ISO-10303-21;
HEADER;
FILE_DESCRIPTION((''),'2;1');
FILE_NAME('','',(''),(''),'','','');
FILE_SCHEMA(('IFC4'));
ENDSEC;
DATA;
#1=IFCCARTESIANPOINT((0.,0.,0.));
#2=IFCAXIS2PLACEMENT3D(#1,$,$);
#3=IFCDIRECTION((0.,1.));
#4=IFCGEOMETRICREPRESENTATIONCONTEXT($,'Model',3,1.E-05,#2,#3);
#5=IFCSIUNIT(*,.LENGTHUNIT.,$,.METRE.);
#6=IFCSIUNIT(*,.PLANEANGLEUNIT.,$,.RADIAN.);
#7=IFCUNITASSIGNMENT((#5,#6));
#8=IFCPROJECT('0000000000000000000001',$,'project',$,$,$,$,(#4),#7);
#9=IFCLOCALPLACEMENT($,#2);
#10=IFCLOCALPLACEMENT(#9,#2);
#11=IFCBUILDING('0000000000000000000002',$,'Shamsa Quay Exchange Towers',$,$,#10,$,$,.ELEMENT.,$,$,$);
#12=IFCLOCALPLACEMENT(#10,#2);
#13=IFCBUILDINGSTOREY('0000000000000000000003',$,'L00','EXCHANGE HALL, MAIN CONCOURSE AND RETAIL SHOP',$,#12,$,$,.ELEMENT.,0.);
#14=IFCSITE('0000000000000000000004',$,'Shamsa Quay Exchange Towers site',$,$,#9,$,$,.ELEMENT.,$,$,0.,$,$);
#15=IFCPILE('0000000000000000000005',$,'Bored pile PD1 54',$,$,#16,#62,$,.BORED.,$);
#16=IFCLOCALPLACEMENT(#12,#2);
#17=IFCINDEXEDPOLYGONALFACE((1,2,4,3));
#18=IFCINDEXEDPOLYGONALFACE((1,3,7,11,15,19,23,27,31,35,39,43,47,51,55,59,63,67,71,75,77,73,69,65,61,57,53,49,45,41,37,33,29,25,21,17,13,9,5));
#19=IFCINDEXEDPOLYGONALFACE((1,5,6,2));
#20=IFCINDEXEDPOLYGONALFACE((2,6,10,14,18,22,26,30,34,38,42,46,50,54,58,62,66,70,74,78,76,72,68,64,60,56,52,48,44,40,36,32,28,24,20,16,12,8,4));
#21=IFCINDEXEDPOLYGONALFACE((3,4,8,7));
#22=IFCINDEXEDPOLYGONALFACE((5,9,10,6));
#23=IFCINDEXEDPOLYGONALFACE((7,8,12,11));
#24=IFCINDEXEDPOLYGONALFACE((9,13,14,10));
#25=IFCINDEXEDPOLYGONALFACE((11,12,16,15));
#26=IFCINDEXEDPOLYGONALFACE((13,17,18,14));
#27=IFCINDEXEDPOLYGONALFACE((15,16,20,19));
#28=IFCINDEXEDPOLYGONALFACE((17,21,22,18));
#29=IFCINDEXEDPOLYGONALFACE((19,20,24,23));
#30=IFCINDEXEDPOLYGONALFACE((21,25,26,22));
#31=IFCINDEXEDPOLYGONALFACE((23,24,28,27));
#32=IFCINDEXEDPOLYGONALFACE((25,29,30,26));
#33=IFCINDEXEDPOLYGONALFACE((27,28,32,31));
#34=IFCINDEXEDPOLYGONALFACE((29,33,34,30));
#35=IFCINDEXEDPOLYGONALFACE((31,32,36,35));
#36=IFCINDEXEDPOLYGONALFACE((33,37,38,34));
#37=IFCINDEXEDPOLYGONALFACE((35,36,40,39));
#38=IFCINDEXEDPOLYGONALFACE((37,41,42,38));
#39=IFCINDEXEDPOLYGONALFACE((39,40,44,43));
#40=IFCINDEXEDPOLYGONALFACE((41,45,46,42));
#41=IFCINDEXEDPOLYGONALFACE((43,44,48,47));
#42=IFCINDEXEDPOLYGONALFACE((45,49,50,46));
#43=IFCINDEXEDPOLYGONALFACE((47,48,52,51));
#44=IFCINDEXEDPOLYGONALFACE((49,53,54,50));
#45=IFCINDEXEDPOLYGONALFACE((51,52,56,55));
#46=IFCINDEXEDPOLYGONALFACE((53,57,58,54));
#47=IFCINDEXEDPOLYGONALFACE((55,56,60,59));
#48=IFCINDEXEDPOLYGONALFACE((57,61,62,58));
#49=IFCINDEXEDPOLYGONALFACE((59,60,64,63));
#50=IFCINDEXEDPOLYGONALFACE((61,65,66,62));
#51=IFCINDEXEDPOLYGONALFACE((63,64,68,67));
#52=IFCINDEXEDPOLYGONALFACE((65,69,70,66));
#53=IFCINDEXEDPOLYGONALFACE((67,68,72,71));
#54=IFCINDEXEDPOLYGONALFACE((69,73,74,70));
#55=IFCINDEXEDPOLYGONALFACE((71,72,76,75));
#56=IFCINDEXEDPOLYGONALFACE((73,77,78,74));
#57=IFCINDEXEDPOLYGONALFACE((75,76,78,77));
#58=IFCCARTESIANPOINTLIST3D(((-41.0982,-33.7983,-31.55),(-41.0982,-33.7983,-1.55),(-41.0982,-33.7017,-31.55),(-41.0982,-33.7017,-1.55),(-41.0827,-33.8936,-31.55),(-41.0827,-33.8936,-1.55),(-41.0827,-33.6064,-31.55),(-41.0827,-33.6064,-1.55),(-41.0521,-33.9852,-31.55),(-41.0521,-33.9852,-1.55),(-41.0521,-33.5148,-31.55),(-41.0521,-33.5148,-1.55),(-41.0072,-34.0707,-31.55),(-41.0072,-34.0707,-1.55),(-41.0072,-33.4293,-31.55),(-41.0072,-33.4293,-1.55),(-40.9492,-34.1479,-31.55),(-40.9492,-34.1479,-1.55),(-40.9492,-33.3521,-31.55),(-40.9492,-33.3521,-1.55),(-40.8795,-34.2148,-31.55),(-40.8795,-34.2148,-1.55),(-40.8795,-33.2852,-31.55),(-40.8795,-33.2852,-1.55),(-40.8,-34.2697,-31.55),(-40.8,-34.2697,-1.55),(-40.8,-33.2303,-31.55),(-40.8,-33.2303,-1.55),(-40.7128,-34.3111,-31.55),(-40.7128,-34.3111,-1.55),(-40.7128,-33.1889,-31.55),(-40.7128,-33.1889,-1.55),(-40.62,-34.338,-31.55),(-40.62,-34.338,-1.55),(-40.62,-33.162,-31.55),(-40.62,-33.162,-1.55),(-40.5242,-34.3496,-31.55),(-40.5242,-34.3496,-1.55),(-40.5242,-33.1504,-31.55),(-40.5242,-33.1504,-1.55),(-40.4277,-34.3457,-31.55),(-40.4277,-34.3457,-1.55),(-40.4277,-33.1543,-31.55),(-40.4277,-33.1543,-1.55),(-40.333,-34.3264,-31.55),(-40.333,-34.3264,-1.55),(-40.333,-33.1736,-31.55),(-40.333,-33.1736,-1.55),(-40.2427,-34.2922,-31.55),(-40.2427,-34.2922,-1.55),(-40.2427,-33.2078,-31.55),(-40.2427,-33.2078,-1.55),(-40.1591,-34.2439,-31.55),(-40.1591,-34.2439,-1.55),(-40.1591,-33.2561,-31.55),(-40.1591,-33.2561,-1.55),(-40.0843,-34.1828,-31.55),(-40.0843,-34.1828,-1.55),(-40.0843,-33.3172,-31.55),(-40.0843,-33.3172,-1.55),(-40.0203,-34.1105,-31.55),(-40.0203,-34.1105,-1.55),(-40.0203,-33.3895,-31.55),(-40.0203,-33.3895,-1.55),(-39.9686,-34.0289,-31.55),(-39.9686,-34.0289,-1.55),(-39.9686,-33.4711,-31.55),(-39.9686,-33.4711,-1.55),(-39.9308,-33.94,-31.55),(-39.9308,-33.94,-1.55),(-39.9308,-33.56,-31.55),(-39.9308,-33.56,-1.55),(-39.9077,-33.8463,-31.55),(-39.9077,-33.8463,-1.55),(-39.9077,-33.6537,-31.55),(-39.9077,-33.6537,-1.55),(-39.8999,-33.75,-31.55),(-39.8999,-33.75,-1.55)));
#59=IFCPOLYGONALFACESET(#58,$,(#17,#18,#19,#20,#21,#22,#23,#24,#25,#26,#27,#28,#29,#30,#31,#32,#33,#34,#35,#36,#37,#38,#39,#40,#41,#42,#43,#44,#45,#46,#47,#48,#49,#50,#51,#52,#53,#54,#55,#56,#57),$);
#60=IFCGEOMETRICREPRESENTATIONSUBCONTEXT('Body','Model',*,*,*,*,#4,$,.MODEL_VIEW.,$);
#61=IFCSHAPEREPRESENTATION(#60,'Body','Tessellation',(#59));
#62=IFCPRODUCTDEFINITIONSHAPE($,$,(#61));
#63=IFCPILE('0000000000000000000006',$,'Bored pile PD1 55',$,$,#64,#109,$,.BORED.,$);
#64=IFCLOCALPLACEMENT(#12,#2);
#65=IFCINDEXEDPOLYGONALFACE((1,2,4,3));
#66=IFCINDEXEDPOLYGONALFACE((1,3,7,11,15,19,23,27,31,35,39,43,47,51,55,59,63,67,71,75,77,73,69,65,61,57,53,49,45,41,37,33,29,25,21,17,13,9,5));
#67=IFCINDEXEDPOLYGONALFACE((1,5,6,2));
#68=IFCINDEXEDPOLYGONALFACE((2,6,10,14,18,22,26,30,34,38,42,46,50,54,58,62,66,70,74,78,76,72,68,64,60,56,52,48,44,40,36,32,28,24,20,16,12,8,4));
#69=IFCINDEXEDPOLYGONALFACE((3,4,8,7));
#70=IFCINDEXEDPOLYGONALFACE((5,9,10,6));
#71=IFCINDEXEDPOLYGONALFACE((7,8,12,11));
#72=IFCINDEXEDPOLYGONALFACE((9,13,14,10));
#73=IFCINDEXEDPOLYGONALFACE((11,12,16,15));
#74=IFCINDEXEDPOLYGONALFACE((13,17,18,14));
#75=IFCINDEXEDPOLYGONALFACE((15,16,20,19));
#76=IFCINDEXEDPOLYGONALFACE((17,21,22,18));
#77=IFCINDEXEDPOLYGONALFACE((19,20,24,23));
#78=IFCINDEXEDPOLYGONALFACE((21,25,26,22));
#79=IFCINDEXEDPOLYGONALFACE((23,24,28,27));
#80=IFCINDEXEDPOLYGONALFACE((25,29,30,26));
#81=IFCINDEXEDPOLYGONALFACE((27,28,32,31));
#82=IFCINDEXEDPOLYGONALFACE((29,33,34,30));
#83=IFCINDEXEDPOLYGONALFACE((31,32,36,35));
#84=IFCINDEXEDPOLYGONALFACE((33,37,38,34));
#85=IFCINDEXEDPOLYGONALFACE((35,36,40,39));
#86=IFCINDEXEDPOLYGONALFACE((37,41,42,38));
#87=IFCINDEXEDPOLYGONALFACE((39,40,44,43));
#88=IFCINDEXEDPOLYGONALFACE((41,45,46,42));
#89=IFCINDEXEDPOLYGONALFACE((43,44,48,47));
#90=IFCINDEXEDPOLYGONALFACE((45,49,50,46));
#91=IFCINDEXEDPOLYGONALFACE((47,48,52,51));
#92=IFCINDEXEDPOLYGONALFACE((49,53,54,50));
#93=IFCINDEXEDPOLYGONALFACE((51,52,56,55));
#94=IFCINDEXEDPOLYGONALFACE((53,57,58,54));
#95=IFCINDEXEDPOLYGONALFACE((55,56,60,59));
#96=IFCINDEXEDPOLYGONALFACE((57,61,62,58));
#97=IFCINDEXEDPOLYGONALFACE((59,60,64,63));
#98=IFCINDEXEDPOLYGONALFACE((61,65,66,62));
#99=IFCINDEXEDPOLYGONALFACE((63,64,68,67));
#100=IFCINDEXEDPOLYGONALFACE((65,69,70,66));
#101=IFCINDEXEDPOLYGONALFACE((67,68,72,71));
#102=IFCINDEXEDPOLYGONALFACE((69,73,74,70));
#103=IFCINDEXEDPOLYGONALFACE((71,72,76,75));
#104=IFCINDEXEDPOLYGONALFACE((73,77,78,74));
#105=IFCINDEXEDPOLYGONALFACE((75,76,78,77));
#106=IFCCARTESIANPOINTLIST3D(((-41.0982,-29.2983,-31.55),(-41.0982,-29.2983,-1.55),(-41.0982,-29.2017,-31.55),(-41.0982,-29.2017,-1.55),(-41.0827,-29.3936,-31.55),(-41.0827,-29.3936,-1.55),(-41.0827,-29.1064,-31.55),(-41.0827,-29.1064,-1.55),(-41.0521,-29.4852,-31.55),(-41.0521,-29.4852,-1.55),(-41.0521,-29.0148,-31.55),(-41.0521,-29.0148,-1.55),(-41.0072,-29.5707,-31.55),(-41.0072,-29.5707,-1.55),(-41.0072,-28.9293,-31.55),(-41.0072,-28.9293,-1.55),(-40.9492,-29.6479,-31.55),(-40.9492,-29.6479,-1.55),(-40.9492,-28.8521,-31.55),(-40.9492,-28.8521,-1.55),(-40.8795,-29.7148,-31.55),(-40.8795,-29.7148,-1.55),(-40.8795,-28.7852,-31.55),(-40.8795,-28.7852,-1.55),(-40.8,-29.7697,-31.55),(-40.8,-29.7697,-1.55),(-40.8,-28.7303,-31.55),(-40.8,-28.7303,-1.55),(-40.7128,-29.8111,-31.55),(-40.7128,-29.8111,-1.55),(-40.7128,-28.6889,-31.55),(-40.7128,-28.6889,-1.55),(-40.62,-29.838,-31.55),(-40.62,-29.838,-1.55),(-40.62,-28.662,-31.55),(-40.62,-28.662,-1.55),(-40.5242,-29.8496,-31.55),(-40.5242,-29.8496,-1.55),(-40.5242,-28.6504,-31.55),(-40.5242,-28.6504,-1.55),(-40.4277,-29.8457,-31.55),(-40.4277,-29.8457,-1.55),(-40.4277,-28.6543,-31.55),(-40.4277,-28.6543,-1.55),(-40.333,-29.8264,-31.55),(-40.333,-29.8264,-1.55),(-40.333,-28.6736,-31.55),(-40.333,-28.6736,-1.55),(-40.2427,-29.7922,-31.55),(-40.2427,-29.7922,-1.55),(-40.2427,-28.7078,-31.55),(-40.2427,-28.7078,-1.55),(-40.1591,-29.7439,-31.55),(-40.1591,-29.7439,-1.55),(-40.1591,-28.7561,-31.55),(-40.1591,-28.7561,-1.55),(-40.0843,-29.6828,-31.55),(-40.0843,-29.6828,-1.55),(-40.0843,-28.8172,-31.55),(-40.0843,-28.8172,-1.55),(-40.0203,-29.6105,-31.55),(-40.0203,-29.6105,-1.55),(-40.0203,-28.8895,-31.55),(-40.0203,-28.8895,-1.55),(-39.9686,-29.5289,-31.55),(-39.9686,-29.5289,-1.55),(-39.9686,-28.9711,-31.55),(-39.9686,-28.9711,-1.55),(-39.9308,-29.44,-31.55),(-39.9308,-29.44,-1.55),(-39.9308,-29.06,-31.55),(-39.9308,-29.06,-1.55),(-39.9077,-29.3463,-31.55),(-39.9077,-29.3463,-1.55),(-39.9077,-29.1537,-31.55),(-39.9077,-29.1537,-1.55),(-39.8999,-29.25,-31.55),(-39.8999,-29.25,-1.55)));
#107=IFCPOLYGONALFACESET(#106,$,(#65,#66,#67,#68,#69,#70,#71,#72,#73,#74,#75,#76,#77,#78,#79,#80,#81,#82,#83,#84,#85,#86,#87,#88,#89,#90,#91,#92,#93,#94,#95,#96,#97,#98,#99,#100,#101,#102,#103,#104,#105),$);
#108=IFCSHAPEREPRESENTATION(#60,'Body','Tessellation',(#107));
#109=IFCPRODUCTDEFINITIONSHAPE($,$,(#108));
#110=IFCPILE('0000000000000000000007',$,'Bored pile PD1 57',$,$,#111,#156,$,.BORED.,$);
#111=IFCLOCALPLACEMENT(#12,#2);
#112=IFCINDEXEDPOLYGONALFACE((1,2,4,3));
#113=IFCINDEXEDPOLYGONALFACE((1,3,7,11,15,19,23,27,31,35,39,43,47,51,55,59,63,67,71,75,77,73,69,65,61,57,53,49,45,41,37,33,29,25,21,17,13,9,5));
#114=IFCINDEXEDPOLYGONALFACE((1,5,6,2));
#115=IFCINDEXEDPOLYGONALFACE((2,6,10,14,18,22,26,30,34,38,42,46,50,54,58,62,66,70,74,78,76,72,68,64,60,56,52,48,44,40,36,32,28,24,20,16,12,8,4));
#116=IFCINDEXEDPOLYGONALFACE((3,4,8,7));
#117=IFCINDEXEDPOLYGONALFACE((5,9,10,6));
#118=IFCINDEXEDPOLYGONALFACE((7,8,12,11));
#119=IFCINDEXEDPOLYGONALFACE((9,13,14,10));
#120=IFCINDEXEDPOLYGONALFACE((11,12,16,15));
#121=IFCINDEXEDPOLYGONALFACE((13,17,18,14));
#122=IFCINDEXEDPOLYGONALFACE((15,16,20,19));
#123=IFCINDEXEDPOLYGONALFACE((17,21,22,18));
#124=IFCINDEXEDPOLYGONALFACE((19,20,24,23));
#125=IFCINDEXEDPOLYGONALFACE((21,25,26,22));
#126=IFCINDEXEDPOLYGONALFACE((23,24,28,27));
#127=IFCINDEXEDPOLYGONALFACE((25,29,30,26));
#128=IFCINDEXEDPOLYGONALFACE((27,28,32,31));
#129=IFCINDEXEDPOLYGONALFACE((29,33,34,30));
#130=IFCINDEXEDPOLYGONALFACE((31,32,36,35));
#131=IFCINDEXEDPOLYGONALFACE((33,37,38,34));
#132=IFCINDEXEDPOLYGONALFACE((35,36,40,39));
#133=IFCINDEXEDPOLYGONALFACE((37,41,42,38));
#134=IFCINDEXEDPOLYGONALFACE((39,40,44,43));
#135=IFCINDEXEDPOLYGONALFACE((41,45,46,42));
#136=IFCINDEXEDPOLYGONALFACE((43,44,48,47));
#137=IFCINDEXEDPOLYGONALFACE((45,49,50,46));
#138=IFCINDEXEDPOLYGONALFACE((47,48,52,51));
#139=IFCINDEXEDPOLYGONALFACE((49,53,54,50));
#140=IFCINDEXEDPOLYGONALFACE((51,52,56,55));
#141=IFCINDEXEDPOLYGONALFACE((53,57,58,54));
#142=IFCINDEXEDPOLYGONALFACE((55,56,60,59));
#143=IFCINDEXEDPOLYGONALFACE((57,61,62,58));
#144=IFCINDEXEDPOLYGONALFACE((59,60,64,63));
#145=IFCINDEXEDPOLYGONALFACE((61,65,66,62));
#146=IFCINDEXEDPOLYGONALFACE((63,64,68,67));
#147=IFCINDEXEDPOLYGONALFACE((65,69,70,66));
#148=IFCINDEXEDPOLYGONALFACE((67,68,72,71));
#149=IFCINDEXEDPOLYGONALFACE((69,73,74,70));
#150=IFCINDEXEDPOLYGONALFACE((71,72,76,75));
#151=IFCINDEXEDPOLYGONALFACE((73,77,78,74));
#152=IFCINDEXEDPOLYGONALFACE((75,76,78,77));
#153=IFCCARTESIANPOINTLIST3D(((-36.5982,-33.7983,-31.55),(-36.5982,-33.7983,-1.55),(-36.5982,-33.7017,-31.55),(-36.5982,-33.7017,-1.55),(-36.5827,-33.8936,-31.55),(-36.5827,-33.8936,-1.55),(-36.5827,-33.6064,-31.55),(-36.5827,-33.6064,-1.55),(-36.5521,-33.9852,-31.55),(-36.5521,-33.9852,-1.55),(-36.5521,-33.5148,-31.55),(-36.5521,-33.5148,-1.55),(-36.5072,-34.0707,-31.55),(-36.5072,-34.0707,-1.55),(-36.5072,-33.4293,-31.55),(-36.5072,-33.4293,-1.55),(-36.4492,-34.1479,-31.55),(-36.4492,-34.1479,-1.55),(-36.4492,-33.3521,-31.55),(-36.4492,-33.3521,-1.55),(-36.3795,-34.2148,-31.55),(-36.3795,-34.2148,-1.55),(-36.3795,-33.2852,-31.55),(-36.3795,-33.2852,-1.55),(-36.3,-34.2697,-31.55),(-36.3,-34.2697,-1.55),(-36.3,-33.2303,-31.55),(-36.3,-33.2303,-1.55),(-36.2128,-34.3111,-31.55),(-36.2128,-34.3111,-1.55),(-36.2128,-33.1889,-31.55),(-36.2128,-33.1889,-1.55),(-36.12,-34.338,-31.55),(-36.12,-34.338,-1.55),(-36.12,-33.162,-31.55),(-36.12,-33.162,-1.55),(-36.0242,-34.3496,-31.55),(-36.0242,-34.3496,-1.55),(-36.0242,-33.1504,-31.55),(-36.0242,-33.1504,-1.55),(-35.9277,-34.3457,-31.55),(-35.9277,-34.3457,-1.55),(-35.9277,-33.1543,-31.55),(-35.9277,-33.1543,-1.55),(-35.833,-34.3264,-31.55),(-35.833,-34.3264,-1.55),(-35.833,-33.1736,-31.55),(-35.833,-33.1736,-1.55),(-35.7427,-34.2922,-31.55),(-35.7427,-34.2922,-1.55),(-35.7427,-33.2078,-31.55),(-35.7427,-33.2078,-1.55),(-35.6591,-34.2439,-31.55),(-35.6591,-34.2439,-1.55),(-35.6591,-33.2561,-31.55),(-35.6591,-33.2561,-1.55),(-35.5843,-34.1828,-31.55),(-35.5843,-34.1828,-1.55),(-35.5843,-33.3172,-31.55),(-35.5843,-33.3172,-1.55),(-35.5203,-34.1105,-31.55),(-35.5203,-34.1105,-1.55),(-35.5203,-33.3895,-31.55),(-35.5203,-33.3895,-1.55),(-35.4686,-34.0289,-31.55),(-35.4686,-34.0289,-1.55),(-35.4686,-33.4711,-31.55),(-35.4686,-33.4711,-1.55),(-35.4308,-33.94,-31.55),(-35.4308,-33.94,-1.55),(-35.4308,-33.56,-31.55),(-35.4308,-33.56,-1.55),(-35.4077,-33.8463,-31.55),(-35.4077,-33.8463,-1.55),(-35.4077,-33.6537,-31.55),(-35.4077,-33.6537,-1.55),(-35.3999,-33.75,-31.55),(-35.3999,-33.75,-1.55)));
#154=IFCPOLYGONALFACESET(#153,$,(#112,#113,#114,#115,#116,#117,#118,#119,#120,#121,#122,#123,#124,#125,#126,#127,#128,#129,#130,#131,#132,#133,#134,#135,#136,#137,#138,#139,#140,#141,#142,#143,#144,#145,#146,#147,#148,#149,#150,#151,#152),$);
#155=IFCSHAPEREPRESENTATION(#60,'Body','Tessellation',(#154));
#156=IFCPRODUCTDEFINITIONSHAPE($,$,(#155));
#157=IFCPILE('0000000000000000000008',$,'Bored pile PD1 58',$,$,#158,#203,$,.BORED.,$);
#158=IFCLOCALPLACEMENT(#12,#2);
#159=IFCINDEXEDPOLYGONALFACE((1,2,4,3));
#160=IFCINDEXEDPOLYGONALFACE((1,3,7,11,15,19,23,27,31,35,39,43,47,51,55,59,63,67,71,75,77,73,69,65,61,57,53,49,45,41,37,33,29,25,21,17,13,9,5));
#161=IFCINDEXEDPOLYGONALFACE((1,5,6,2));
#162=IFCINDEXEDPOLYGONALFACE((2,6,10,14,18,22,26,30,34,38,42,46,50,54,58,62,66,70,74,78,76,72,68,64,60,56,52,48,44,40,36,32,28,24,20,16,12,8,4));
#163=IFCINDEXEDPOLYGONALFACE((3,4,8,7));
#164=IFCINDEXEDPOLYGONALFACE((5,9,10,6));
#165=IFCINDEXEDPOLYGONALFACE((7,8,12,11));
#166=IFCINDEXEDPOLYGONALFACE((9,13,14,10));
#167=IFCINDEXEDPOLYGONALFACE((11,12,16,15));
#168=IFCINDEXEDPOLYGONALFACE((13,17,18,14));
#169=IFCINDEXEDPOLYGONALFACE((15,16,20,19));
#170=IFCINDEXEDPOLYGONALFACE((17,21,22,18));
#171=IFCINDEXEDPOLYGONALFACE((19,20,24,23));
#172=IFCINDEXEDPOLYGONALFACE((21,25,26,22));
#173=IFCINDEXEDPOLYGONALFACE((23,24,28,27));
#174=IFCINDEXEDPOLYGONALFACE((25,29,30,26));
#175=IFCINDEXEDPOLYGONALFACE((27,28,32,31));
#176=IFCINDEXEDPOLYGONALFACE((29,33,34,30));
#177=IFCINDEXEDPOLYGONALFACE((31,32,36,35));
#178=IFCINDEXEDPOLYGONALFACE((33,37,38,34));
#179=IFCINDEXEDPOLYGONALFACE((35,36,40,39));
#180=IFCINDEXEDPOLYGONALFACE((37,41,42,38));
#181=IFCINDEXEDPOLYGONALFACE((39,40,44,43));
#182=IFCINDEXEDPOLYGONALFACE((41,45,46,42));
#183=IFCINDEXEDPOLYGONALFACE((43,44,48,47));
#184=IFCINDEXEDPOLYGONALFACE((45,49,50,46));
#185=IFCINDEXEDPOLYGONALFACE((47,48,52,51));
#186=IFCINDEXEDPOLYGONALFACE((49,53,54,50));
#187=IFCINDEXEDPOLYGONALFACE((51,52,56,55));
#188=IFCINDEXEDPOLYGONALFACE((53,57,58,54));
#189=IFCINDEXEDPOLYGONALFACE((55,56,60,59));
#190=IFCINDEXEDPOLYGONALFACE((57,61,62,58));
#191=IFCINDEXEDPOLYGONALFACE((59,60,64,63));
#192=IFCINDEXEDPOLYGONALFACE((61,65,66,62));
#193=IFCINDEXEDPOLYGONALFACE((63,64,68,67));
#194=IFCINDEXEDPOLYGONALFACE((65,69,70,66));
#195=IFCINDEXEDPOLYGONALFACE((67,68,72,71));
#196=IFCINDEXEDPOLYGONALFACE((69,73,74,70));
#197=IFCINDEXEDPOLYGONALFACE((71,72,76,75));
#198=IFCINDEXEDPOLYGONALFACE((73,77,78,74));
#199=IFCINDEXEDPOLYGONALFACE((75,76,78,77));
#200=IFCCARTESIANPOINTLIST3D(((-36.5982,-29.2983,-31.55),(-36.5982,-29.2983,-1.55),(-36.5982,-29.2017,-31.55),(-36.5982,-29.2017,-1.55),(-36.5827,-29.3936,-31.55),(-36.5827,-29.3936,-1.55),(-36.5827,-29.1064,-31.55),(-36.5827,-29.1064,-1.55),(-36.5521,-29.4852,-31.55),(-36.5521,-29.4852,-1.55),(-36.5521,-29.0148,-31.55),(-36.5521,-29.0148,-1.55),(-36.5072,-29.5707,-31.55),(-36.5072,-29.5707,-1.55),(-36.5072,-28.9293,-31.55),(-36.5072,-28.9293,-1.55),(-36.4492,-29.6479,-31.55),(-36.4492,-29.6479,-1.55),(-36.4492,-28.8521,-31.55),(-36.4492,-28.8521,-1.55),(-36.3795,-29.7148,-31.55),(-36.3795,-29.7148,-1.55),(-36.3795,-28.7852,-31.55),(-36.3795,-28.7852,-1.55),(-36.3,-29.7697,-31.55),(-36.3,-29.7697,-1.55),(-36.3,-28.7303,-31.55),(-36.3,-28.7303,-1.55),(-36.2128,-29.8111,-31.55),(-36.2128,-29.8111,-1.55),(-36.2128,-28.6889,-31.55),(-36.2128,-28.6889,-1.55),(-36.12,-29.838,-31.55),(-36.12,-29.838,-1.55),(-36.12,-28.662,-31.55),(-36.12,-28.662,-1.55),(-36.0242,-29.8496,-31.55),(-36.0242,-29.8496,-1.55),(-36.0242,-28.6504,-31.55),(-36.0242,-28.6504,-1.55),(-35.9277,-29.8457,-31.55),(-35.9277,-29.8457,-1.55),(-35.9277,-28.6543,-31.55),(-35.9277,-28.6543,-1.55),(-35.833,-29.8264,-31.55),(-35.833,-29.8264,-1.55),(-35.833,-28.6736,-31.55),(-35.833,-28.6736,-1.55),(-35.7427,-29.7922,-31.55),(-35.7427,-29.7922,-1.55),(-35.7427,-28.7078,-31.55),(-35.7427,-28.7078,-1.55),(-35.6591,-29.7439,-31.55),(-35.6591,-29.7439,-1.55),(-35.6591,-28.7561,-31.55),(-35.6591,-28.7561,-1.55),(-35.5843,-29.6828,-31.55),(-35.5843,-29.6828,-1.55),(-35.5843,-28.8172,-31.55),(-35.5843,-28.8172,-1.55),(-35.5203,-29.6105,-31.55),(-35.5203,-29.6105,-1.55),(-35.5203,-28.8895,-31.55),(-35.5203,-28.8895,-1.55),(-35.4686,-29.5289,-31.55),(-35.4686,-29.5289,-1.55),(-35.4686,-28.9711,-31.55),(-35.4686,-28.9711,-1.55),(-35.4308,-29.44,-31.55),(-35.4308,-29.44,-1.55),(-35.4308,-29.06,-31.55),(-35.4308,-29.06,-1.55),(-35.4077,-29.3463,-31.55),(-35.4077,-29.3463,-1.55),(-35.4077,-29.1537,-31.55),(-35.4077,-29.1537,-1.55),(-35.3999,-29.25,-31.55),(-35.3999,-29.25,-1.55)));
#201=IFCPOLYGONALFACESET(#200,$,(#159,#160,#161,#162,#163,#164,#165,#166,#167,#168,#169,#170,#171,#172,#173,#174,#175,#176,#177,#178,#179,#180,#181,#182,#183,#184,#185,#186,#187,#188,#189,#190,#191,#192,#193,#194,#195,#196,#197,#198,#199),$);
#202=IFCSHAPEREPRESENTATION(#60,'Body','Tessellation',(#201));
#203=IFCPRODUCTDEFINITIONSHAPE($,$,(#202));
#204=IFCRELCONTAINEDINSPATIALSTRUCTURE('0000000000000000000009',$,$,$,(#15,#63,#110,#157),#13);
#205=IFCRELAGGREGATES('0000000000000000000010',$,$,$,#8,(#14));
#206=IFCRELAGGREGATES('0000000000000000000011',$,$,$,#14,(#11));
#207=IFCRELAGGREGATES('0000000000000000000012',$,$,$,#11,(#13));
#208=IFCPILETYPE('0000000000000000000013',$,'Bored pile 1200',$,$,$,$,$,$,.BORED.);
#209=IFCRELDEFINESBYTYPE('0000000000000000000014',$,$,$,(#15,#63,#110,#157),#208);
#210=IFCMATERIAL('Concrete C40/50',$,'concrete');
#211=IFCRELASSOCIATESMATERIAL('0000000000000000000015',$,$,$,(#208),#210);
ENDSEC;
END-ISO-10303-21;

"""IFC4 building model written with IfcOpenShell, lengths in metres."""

from ifc_helpers import new_model, si_unit, direction, frame, origin, origin_2d, place, context, subcontext, project, spatial, circle, extrude, material, material_profile, profile_set, type_object, element, save


model = new_model("IFC4")

# Units and contexts
model_context = context("Model", 3, precision=1e-05, world=origin(), true_north=direction((0.0, 1.0)))
body_context = subcontext(model_context, "Body", "Model", "MODEL_VIEW")
ifc_project = project(units=[si_unit("LENGTHUNIT", "METRE"), si_unit("PLANEANGLEUNIT", "RADIAN")], contexts=[model_context])

# Site, building, storey
site_placement = place(None, origin())
site = spatial("IfcSite", under=ifc_project, at=site_placement, Name="Shamsa Quay Exchange Towers site", CompositionType="ELEMENT", RefElevation=0.0)
building_placement = place(site_placement, origin())
building = spatial("IfcBuilding", under=site, at=building_placement, Name="Shamsa Quay Exchange Towers", CompositionType="ELEMENT")
storey_placement = place(building_placement, origin())
storey = spatial("IfcBuildingStorey", under=building, at=storey_placement, Name="L00", Description="EXCHANGE HALL, MAIN CONCOURSE AND RETAIL SHOP", CompositionType="ELEMENT", Elevation=0.0)

# Piles
ifc_material_1 = material(Name="Concrete C40/50", Category="concrete")
ifc_material_profile_1 = material_profile(ifc_material_1, circle(Radius=0.6001, at=origin_2d()), Name="BP1200")
ifc_profile_set_1 = profile_set([ifc_material_profile_1], Name="Concrete C40/50")
pile_type_1 = type_object("IfcPileType", Name="Bored pile 1200", PredefinedType="BORED", material=ifc_profile_set_1)
for number, where, z_axis, x_axis, name in (
    (1, (-40.5, -33.75, -1.55), (0.0, 0.0, -1.0), (1.0, 0.0, 0.0), "Bored pile PD1 54"),
    (2, (-40.5, -29.25, -1.55), (0.0, 0.0, -1.0), (1.0, 0.0, 0.0), "Bored pile PD1 55"),
    (3, (-36.0, -33.75, -1.55), (0.0, 0.0, -1.0), (1.0, 0.0, 0.0), "Bored pile PD1 57"),
    (4, (-36.0, -29.25, -1.55), (0.0, 0.0, -1.0), (1.0, 0.0, 0.0), "Bored pile PD1 58"),
):
    element("IfcPile", number, at=place(storey_placement, frame(where, z_axis=z_axis, x_axis=x_axis)), inside=storey, type_object=pile_type_1, Name=name, PredefinedType="BORED", context=body_context, shape_type="SweptSolid", body=[
        extrude(circle(Radius=0.6001, at=origin_2d()), origin(), (0.0, 0.0, 1.0), 30.0),
    ])

save(model, "model.ifc")
